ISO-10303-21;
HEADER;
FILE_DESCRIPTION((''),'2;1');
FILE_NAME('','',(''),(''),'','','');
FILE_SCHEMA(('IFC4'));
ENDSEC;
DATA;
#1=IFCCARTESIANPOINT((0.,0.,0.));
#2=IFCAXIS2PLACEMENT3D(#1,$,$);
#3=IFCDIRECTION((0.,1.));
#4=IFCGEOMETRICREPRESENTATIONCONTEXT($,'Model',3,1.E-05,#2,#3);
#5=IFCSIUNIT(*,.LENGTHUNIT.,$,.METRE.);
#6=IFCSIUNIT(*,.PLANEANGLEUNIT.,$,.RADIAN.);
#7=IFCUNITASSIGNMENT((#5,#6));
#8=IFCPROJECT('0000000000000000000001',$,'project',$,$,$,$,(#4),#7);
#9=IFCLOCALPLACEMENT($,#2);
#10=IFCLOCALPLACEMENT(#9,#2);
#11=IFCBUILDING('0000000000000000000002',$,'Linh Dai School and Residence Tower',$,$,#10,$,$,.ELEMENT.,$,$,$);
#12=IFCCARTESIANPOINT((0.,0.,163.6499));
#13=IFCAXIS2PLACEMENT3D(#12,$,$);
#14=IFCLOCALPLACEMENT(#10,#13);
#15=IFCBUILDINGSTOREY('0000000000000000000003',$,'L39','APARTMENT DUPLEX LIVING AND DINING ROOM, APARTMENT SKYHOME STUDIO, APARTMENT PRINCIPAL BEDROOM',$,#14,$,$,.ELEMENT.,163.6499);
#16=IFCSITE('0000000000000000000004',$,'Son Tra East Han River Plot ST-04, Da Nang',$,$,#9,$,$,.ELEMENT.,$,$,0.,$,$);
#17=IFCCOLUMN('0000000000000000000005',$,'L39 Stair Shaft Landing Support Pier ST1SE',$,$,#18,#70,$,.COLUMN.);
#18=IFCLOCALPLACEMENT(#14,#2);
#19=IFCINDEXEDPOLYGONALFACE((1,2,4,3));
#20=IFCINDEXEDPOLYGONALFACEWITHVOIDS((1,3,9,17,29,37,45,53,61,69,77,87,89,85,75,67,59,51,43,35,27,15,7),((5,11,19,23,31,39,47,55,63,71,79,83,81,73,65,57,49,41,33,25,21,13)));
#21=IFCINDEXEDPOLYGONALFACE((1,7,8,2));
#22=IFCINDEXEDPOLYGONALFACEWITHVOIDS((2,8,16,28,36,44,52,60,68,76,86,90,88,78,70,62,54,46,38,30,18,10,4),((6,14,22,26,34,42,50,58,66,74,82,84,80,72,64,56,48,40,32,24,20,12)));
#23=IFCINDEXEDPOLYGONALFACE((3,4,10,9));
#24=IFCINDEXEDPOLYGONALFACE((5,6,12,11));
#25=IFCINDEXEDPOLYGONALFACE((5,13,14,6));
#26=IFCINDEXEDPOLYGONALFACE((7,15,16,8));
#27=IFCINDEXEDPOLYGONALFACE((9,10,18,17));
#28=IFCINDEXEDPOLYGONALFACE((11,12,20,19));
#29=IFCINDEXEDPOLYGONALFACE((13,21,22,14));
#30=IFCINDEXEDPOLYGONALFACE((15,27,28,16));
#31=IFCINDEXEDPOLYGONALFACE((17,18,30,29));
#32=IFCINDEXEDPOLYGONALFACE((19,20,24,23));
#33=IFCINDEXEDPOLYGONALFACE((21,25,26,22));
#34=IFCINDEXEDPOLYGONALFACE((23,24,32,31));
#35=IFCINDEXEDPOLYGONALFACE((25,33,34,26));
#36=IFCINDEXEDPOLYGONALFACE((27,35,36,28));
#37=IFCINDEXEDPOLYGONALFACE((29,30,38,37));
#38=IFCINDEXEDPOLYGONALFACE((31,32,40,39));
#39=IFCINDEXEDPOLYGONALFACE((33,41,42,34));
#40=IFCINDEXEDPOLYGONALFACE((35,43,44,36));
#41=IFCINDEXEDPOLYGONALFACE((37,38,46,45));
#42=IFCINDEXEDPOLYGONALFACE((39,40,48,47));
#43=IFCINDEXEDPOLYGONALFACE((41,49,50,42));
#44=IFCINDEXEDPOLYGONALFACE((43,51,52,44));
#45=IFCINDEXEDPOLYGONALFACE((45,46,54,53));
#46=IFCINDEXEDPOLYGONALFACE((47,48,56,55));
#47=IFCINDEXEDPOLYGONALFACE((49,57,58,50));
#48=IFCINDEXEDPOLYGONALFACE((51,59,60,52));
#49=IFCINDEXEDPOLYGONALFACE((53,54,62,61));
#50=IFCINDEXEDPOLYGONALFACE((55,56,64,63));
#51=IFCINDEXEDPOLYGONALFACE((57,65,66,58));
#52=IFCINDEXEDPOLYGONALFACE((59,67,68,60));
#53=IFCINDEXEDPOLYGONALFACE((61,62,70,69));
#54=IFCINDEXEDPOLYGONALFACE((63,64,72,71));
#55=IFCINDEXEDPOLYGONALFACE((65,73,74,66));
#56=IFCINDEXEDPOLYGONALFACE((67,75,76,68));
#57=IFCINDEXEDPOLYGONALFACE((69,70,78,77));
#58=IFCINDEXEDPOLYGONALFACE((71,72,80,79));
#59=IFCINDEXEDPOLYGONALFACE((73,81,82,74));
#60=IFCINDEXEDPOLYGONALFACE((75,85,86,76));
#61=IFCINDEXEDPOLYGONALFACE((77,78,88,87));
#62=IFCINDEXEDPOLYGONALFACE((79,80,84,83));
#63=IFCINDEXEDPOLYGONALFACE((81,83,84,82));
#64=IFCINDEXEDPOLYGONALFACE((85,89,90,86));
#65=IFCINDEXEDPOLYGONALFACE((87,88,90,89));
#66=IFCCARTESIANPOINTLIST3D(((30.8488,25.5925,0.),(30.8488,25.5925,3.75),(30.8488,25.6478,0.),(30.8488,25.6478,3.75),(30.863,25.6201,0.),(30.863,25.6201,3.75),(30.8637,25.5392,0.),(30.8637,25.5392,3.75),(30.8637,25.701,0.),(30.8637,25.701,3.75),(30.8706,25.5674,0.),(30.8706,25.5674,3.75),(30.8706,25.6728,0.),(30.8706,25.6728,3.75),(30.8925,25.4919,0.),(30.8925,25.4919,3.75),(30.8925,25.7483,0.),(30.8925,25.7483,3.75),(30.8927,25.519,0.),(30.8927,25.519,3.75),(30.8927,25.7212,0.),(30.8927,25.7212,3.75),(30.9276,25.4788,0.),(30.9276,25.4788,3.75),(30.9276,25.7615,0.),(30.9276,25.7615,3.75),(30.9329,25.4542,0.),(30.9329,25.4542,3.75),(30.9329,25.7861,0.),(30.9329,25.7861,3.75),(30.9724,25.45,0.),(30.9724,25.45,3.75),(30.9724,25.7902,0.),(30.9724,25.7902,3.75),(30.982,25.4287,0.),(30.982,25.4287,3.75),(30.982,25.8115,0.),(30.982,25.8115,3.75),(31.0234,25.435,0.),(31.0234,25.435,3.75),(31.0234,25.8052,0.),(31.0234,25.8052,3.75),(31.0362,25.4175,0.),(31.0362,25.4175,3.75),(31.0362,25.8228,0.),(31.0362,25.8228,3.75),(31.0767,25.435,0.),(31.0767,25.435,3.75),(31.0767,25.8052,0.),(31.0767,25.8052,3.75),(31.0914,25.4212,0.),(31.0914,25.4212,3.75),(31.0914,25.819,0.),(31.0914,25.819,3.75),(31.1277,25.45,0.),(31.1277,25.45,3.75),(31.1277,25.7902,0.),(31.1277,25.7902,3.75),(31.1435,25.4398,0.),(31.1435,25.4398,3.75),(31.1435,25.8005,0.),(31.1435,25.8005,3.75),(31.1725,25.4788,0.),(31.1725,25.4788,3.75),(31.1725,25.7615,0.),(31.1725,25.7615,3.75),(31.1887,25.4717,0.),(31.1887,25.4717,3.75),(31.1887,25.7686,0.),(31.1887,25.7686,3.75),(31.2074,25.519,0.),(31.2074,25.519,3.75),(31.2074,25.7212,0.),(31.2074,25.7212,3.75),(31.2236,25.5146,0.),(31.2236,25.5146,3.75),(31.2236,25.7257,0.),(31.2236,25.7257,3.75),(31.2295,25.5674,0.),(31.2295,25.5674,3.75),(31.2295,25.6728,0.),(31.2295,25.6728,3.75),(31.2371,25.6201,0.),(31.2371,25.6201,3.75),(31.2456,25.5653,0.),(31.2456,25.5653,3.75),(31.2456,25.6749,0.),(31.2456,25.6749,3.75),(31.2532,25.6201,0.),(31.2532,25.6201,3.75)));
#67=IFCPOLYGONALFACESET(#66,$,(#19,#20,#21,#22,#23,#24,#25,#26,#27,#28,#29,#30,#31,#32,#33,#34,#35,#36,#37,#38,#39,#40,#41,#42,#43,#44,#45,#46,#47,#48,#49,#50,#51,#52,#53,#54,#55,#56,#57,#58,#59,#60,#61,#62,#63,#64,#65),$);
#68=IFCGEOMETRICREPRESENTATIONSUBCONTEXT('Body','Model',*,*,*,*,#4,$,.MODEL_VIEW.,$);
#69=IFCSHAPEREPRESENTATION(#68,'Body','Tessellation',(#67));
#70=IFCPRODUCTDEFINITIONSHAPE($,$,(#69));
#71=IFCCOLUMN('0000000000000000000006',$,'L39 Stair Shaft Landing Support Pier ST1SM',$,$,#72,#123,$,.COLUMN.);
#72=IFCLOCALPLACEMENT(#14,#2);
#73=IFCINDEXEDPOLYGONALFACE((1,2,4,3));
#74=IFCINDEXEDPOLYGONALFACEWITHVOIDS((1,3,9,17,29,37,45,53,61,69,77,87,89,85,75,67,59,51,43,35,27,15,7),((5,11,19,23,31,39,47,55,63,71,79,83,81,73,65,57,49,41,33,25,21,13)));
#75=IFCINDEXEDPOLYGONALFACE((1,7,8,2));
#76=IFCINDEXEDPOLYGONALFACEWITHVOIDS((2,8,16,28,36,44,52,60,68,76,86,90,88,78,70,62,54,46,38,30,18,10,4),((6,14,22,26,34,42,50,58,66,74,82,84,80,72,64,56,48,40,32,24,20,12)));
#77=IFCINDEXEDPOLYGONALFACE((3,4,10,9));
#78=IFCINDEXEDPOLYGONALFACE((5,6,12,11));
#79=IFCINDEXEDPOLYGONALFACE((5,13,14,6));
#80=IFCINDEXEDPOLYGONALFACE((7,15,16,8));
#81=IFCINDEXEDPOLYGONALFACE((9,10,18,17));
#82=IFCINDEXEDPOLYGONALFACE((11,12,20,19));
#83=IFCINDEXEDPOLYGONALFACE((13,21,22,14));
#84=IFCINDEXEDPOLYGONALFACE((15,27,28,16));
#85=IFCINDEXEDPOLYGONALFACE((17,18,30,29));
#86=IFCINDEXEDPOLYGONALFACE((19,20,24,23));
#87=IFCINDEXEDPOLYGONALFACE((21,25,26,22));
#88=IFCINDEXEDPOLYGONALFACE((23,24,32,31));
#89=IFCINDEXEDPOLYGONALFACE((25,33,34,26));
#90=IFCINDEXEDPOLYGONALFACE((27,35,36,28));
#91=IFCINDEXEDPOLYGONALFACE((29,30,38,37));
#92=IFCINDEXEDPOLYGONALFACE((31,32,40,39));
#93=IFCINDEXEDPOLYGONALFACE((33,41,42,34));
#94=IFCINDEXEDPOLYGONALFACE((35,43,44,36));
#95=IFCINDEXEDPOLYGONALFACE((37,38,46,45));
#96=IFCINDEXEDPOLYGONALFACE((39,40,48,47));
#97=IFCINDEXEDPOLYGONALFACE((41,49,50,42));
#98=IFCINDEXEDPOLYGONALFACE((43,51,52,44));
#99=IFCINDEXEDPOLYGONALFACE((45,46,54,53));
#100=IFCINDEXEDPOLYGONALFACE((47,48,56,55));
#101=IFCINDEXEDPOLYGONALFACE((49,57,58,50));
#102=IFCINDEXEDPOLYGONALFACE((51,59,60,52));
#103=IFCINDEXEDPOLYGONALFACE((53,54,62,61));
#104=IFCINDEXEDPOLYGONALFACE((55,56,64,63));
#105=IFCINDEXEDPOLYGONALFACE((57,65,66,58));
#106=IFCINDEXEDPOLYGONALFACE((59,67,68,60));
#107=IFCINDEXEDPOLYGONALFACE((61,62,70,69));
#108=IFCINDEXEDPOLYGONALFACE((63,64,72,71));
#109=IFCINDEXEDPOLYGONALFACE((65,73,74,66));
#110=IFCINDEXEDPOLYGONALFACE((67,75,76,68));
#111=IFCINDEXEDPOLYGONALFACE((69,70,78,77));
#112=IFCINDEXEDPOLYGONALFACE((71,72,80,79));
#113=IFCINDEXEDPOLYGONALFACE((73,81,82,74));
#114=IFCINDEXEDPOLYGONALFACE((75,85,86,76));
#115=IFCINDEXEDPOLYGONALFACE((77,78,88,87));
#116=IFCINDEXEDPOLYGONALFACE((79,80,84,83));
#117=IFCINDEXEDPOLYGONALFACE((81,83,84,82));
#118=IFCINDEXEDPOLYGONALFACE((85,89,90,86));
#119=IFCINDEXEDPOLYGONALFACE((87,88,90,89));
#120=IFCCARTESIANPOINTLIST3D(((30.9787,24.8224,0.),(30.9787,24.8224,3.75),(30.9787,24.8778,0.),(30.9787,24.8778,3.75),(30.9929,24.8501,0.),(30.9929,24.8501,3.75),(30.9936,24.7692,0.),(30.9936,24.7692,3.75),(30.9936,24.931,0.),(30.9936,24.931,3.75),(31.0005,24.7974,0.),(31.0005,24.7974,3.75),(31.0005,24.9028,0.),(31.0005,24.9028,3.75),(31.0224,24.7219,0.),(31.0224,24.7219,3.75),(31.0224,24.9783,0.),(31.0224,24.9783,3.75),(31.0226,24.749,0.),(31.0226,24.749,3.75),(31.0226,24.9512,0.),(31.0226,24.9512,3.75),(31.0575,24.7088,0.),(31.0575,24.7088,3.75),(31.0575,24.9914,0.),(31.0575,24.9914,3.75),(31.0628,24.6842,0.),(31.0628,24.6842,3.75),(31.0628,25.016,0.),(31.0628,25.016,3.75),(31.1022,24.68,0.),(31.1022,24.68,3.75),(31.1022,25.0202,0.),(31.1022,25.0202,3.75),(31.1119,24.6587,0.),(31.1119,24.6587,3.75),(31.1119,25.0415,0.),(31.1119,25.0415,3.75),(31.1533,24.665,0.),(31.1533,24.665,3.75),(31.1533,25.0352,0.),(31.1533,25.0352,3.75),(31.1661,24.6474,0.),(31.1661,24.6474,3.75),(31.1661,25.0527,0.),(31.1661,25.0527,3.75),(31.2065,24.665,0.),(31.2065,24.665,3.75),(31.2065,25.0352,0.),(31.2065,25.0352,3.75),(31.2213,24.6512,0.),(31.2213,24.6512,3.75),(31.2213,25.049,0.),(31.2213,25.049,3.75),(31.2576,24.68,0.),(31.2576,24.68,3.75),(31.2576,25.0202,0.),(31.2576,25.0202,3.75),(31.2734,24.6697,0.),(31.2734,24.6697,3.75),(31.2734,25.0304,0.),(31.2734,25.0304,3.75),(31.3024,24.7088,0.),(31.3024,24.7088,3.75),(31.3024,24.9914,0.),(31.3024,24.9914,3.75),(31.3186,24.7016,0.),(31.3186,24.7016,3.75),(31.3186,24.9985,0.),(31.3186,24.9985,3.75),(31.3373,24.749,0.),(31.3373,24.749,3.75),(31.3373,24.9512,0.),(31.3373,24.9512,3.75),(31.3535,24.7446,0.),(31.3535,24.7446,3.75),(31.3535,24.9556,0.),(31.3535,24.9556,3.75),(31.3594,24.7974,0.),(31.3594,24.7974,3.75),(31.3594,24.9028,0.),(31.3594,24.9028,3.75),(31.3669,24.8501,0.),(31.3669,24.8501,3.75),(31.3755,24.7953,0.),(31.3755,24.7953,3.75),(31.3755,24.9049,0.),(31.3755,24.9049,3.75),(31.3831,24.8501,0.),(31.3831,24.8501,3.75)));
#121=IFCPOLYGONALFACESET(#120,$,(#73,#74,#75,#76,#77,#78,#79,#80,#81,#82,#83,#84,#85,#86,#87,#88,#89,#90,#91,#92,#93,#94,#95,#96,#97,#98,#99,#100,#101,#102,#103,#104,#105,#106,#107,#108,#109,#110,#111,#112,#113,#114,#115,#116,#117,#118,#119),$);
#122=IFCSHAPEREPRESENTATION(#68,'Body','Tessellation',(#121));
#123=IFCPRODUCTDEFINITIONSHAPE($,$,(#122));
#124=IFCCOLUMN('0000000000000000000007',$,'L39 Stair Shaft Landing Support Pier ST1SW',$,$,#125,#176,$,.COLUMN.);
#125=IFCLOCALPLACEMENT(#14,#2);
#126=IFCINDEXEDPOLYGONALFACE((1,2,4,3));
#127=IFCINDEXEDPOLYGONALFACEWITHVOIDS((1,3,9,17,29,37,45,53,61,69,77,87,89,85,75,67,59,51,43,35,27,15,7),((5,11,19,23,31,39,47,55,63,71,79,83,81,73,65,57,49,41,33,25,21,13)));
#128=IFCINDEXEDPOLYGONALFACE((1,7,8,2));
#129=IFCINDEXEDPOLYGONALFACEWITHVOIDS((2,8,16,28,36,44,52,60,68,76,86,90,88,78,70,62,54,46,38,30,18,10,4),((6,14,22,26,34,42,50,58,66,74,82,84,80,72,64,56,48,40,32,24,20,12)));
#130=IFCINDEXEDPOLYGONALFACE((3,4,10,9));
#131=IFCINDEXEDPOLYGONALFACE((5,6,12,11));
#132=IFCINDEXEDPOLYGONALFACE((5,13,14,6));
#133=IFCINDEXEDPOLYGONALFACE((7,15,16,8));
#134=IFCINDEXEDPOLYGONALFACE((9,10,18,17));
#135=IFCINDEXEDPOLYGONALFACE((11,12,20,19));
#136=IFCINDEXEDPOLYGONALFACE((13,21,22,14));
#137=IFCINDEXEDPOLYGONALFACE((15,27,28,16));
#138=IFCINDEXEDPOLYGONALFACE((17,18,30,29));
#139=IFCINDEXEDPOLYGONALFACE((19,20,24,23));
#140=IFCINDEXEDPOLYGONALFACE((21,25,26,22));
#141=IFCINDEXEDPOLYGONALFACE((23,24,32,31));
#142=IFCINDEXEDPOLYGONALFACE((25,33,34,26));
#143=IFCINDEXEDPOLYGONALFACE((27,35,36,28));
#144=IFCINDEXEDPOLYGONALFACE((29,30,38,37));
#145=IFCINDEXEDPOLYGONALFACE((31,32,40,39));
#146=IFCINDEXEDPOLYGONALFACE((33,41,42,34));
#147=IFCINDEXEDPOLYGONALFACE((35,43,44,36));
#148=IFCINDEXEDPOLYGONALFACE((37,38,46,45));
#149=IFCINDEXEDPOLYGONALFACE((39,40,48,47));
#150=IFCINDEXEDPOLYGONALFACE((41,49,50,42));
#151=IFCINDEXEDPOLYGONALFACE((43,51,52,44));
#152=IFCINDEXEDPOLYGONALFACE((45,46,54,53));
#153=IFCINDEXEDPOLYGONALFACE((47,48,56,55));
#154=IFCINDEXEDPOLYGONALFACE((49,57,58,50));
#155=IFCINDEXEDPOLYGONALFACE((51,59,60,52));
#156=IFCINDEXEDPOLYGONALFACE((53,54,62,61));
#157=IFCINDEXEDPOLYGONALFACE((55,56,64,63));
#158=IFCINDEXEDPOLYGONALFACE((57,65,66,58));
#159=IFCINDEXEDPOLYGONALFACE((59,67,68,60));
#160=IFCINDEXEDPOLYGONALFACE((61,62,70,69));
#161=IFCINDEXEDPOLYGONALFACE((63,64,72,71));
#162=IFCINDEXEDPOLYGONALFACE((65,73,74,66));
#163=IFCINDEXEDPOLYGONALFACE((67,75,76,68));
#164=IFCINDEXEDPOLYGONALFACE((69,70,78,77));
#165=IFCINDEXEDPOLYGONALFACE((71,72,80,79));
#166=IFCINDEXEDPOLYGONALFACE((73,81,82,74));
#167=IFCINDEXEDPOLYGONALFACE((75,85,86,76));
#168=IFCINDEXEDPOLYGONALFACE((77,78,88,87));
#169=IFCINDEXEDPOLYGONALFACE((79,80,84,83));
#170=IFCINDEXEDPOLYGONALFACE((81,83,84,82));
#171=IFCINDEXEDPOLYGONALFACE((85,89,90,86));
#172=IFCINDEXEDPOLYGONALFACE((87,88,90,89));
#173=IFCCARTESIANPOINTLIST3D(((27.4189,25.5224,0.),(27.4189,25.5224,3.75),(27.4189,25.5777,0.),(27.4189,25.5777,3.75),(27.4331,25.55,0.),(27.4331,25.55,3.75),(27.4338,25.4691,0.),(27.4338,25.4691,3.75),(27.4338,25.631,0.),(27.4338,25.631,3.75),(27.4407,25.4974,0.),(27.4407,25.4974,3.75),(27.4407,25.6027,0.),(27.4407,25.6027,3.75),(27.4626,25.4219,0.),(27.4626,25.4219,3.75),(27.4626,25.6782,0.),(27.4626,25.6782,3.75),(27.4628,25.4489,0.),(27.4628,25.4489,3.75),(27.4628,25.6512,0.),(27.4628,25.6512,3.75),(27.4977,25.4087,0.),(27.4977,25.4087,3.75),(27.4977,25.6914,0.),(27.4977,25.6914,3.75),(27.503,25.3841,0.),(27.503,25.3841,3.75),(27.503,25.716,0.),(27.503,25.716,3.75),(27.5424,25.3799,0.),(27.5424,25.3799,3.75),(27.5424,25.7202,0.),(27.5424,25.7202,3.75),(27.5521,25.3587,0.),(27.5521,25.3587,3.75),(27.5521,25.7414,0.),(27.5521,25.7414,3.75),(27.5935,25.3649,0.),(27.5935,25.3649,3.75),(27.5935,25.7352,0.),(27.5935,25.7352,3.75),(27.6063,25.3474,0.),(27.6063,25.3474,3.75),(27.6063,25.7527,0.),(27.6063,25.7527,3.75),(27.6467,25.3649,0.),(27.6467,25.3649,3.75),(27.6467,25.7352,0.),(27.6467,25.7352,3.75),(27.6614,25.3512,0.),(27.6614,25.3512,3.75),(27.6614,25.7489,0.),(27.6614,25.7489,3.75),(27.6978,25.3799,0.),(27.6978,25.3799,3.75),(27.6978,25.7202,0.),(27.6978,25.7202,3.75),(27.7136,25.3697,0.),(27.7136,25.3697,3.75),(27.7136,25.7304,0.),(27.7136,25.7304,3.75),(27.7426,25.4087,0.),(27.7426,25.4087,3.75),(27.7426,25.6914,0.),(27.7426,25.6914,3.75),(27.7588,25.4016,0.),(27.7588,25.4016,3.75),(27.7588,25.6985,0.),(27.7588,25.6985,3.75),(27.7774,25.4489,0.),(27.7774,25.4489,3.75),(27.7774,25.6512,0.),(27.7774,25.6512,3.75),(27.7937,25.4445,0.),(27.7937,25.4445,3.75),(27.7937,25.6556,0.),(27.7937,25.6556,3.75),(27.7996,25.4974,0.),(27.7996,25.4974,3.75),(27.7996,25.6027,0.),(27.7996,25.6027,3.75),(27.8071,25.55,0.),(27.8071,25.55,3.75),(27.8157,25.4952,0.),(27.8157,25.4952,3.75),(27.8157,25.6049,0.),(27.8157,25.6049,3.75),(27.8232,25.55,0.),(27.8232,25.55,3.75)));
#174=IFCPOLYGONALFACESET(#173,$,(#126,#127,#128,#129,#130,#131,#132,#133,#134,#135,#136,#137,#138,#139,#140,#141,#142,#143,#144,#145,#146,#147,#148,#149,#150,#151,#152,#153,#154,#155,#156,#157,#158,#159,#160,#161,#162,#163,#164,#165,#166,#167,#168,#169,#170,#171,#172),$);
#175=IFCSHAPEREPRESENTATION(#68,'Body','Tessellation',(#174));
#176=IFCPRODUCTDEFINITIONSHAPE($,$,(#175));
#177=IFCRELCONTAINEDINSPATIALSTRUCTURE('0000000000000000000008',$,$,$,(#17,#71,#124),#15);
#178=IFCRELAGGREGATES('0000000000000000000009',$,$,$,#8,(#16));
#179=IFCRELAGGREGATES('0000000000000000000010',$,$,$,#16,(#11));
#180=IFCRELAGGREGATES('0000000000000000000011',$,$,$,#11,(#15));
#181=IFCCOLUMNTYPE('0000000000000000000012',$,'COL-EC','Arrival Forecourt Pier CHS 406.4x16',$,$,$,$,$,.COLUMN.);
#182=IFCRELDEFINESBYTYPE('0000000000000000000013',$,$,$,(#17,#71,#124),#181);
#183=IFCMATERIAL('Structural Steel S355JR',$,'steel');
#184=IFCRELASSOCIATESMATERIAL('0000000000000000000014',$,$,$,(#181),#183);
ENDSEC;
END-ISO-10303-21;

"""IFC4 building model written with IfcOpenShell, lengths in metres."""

from ifc_helpers import new_model, si_unit, direction, frame, origin, origin_2d, place, context, subcontext, project, spatial, hollow_circle, extrude, material, material_profile, profile_set, type_object, element, save


model = new_model("IFC4")

# Units and contexts
model_context = context("Model", 3, precision=1e-05, world=origin(), true_north=direction((0.0, 1.0)))
body_context = subcontext(model_context, "Body", "Model", "MODEL_VIEW")
ifc_project = project(units=[si_unit("LENGTHUNIT", "METRE"), si_unit("PLANEANGLEUNIT", "RADIAN")], contexts=[model_context])

# Site, building, storey
site_placement = place(None, origin())
site = spatial("IfcSite", under=ifc_project, at=site_placement, Name="Son Tra East Han River Plot ST-04, Da Nang", CompositionType="ELEMENT", RefElevation=0.0)
building_placement = place(site_placement, origin())
building = spatial("IfcBuilding", under=site, at=building_placement, Name="Linh Dai School and Residence Tower", CompositionType="ELEMENT")
storey_placement = place(building_placement, frame((0.0, 0.0, 163.6499)))
storey = spatial("IfcBuildingStorey", under=building, at=storey_placement, Name="L39", Description="APARTMENT DUPLEX LIVING AND DINING ROOM, APARTMENT SKYHOME STUDIO, APARTMENT PRINCIPAL BEDROOM", CompositionType="ELEMENT", Elevation=163.6499)

# Columns
ifc_material_1 = material(Name="Structural Steel S355JR", Category="steel")
ifc_material_profile_1 = material_profile(ifc_material_1, hollow_circle(Radius=0.2031, WallThickness=0.0161, at=origin_2d()), Name="CHS 406.4x16")
ifc_profile_set_1 = profile_set([ifc_material_profile_1], Name="Structural Steel S355JR")
column_type_1 = type_object("IfcColumnType", Name="COL-EC", Description="Arrival Forecourt Pier CHS 406.4x16", PredefinedType="COLUMN", material=ifc_profile_set_1)
for number, where, z_axis, x_axis, name in (
    (1, (31.05, 25.6201, 0.0), (0.0, 0.0, 1.0), (1.0, 0.0, 0.0), "L39 Stair Shaft Landing Support Pier ST1SE"),
    (2, (31.1799, 24.8501, 0.0), (0.0, 0.0, 1.0), (1.0, 0.0, 0.0), "L39 Stair Shaft Landing Support Pier ST1SM"),
    (3, (27.6201, 25.55, 0.0), (0.0, 0.0, 1.0), (1.0, 0.0, 0.0), "L39 Stair Shaft Landing Support Pier ST1SW"),
):
    element("IfcColumn", number, at=place(storey_placement, frame(where, z_axis=z_axis, x_axis=x_axis)), inside=storey, type_object=column_type_1, Name=name, PredefinedType="COLUMN", context=body_context, shape_type="SweptSolid", body=[
        extrude(hollow_circle(Radius=0.2031, WallThickness=0.0161, at=origin_2d()), origin(), (0.0, 0.0, 1.0), 3.75),
    ])

save(model, "model.ifc")
